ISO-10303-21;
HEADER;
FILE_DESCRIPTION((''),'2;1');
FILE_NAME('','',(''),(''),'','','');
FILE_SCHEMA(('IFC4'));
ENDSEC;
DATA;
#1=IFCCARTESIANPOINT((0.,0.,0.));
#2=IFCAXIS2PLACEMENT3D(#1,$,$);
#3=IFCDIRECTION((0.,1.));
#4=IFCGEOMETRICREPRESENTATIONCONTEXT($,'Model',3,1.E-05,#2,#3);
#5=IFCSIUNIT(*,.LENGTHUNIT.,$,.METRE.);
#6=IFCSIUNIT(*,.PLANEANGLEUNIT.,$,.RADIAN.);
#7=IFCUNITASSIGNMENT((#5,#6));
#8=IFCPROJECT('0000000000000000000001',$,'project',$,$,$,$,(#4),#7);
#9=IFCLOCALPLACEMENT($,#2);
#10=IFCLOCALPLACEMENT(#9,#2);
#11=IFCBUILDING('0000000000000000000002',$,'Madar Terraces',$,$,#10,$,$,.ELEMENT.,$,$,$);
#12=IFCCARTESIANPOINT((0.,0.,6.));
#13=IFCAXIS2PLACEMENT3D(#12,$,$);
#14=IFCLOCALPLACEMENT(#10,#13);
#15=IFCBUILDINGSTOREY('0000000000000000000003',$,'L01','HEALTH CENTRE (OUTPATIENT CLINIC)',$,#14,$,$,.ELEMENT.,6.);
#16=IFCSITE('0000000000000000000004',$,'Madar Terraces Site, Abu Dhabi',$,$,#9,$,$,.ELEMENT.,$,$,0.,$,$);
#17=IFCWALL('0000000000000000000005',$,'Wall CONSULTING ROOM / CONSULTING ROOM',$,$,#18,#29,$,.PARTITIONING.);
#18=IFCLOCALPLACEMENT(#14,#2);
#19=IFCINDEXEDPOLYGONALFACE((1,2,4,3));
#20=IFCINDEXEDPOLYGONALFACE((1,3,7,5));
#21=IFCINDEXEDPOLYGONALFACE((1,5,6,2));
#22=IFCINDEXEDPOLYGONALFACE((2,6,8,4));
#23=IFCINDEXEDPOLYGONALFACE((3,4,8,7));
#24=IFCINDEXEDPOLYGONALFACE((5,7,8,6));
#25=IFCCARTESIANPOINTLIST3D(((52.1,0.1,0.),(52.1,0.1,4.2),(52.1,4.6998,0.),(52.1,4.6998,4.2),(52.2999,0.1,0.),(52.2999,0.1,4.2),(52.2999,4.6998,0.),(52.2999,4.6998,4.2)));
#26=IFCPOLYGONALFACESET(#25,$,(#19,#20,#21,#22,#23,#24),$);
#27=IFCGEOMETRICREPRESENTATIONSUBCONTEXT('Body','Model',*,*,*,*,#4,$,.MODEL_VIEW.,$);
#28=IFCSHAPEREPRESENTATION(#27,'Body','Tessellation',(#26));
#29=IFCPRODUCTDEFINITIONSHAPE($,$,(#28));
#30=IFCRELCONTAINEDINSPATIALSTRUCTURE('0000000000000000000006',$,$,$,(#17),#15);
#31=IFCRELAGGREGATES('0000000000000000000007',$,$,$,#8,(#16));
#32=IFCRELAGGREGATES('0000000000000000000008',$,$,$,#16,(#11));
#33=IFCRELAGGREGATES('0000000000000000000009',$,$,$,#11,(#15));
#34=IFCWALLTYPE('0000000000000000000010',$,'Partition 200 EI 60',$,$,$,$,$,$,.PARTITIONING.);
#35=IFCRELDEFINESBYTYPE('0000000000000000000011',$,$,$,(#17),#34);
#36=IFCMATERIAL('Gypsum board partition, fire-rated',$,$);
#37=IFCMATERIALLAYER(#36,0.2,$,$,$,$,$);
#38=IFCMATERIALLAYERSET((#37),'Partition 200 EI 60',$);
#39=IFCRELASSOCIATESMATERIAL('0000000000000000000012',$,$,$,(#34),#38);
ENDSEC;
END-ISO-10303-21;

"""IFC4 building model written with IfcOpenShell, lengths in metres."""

from ifc_helpers import new_model, si_unit, direction, frame, frame_2d, origin, place, context, subcontext, project, spatial, rectangle, extrude, material, layer, layer_set, type_object, element, save


model = new_model("IFC4")

# Units and contexts
model_context = context("Model", 3, precision=1e-05, world=origin(), true_north=direction((0.0, 1.0)))
body_context = subcontext(model_context, "Body", "Model", "MODEL_VIEW")
ifc_project = project(units=[si_unit("LENGTHUNIT", "METRE"), si_unit("PLANEANGLEUNIT", "RADIAN")], contexts=[model_context])

# Site, building, storey
site_placement = place(None, origin())
site = spatial("IfcSite", under=ifc_project, at=site_placement, Name="Madar Terraces Site, Abu Dhabi", CompositionType="ELEMENT", RefElevation=0.0)
building_placement = place(site_placement, origin())
building = spatial("IfcBuilding", under=site, at=building_placement, Name="Madar Terraces", CompositionType="ELEMENT")
storey_placement = place(building_placement, frame((0.0, 0.0, 6.0)))
storey = spatial("IfcBuildingStorey", under=building, at=storey_placement, Name="L01", Description="HEALTH CENTRE (OUTPATIENT CLINIC)", CompositionType="ELEMENT", Elevation=6.0)

# Shared definitions
ifc_material_1 = material(Name="Gypsum board partition, fire-rated")
ifc_layer = layer(ifc_material_1, 0.2)
ifc_layer_set = layer_set([ifc_layer], Name="Partition 200 EI 60")
wall_type = type_object("IfcWallType", Name="Partition 200 EI 60", PredefinedType="PARTITIONING", material=ifc_layer_set)

# Wall
wall_1_placement = place(storey_placement, frame((52.2, 0.1001, 0.0), z_axis=(0.0, 0.0, 1.0), x_axis=(0.0, 1.0, 0.0)))
element("IfcWall", 1, at=wall_1_placement, inside=storey, type_object=wall_type, Name="Wall CONSULTING ROOM / CONSULTING ROOM", PredefinedType="PARTITIONING", context=body_context, shape_type="SweptSolid", body=[
    extrude(rectangle(XDim=4.5999, YDim=0.2, at=frame_2d((2.2998, 0.0))), origin(), (0.0, 0.0, 1.0), 4.2),
])

save(model, "model.ifc")
